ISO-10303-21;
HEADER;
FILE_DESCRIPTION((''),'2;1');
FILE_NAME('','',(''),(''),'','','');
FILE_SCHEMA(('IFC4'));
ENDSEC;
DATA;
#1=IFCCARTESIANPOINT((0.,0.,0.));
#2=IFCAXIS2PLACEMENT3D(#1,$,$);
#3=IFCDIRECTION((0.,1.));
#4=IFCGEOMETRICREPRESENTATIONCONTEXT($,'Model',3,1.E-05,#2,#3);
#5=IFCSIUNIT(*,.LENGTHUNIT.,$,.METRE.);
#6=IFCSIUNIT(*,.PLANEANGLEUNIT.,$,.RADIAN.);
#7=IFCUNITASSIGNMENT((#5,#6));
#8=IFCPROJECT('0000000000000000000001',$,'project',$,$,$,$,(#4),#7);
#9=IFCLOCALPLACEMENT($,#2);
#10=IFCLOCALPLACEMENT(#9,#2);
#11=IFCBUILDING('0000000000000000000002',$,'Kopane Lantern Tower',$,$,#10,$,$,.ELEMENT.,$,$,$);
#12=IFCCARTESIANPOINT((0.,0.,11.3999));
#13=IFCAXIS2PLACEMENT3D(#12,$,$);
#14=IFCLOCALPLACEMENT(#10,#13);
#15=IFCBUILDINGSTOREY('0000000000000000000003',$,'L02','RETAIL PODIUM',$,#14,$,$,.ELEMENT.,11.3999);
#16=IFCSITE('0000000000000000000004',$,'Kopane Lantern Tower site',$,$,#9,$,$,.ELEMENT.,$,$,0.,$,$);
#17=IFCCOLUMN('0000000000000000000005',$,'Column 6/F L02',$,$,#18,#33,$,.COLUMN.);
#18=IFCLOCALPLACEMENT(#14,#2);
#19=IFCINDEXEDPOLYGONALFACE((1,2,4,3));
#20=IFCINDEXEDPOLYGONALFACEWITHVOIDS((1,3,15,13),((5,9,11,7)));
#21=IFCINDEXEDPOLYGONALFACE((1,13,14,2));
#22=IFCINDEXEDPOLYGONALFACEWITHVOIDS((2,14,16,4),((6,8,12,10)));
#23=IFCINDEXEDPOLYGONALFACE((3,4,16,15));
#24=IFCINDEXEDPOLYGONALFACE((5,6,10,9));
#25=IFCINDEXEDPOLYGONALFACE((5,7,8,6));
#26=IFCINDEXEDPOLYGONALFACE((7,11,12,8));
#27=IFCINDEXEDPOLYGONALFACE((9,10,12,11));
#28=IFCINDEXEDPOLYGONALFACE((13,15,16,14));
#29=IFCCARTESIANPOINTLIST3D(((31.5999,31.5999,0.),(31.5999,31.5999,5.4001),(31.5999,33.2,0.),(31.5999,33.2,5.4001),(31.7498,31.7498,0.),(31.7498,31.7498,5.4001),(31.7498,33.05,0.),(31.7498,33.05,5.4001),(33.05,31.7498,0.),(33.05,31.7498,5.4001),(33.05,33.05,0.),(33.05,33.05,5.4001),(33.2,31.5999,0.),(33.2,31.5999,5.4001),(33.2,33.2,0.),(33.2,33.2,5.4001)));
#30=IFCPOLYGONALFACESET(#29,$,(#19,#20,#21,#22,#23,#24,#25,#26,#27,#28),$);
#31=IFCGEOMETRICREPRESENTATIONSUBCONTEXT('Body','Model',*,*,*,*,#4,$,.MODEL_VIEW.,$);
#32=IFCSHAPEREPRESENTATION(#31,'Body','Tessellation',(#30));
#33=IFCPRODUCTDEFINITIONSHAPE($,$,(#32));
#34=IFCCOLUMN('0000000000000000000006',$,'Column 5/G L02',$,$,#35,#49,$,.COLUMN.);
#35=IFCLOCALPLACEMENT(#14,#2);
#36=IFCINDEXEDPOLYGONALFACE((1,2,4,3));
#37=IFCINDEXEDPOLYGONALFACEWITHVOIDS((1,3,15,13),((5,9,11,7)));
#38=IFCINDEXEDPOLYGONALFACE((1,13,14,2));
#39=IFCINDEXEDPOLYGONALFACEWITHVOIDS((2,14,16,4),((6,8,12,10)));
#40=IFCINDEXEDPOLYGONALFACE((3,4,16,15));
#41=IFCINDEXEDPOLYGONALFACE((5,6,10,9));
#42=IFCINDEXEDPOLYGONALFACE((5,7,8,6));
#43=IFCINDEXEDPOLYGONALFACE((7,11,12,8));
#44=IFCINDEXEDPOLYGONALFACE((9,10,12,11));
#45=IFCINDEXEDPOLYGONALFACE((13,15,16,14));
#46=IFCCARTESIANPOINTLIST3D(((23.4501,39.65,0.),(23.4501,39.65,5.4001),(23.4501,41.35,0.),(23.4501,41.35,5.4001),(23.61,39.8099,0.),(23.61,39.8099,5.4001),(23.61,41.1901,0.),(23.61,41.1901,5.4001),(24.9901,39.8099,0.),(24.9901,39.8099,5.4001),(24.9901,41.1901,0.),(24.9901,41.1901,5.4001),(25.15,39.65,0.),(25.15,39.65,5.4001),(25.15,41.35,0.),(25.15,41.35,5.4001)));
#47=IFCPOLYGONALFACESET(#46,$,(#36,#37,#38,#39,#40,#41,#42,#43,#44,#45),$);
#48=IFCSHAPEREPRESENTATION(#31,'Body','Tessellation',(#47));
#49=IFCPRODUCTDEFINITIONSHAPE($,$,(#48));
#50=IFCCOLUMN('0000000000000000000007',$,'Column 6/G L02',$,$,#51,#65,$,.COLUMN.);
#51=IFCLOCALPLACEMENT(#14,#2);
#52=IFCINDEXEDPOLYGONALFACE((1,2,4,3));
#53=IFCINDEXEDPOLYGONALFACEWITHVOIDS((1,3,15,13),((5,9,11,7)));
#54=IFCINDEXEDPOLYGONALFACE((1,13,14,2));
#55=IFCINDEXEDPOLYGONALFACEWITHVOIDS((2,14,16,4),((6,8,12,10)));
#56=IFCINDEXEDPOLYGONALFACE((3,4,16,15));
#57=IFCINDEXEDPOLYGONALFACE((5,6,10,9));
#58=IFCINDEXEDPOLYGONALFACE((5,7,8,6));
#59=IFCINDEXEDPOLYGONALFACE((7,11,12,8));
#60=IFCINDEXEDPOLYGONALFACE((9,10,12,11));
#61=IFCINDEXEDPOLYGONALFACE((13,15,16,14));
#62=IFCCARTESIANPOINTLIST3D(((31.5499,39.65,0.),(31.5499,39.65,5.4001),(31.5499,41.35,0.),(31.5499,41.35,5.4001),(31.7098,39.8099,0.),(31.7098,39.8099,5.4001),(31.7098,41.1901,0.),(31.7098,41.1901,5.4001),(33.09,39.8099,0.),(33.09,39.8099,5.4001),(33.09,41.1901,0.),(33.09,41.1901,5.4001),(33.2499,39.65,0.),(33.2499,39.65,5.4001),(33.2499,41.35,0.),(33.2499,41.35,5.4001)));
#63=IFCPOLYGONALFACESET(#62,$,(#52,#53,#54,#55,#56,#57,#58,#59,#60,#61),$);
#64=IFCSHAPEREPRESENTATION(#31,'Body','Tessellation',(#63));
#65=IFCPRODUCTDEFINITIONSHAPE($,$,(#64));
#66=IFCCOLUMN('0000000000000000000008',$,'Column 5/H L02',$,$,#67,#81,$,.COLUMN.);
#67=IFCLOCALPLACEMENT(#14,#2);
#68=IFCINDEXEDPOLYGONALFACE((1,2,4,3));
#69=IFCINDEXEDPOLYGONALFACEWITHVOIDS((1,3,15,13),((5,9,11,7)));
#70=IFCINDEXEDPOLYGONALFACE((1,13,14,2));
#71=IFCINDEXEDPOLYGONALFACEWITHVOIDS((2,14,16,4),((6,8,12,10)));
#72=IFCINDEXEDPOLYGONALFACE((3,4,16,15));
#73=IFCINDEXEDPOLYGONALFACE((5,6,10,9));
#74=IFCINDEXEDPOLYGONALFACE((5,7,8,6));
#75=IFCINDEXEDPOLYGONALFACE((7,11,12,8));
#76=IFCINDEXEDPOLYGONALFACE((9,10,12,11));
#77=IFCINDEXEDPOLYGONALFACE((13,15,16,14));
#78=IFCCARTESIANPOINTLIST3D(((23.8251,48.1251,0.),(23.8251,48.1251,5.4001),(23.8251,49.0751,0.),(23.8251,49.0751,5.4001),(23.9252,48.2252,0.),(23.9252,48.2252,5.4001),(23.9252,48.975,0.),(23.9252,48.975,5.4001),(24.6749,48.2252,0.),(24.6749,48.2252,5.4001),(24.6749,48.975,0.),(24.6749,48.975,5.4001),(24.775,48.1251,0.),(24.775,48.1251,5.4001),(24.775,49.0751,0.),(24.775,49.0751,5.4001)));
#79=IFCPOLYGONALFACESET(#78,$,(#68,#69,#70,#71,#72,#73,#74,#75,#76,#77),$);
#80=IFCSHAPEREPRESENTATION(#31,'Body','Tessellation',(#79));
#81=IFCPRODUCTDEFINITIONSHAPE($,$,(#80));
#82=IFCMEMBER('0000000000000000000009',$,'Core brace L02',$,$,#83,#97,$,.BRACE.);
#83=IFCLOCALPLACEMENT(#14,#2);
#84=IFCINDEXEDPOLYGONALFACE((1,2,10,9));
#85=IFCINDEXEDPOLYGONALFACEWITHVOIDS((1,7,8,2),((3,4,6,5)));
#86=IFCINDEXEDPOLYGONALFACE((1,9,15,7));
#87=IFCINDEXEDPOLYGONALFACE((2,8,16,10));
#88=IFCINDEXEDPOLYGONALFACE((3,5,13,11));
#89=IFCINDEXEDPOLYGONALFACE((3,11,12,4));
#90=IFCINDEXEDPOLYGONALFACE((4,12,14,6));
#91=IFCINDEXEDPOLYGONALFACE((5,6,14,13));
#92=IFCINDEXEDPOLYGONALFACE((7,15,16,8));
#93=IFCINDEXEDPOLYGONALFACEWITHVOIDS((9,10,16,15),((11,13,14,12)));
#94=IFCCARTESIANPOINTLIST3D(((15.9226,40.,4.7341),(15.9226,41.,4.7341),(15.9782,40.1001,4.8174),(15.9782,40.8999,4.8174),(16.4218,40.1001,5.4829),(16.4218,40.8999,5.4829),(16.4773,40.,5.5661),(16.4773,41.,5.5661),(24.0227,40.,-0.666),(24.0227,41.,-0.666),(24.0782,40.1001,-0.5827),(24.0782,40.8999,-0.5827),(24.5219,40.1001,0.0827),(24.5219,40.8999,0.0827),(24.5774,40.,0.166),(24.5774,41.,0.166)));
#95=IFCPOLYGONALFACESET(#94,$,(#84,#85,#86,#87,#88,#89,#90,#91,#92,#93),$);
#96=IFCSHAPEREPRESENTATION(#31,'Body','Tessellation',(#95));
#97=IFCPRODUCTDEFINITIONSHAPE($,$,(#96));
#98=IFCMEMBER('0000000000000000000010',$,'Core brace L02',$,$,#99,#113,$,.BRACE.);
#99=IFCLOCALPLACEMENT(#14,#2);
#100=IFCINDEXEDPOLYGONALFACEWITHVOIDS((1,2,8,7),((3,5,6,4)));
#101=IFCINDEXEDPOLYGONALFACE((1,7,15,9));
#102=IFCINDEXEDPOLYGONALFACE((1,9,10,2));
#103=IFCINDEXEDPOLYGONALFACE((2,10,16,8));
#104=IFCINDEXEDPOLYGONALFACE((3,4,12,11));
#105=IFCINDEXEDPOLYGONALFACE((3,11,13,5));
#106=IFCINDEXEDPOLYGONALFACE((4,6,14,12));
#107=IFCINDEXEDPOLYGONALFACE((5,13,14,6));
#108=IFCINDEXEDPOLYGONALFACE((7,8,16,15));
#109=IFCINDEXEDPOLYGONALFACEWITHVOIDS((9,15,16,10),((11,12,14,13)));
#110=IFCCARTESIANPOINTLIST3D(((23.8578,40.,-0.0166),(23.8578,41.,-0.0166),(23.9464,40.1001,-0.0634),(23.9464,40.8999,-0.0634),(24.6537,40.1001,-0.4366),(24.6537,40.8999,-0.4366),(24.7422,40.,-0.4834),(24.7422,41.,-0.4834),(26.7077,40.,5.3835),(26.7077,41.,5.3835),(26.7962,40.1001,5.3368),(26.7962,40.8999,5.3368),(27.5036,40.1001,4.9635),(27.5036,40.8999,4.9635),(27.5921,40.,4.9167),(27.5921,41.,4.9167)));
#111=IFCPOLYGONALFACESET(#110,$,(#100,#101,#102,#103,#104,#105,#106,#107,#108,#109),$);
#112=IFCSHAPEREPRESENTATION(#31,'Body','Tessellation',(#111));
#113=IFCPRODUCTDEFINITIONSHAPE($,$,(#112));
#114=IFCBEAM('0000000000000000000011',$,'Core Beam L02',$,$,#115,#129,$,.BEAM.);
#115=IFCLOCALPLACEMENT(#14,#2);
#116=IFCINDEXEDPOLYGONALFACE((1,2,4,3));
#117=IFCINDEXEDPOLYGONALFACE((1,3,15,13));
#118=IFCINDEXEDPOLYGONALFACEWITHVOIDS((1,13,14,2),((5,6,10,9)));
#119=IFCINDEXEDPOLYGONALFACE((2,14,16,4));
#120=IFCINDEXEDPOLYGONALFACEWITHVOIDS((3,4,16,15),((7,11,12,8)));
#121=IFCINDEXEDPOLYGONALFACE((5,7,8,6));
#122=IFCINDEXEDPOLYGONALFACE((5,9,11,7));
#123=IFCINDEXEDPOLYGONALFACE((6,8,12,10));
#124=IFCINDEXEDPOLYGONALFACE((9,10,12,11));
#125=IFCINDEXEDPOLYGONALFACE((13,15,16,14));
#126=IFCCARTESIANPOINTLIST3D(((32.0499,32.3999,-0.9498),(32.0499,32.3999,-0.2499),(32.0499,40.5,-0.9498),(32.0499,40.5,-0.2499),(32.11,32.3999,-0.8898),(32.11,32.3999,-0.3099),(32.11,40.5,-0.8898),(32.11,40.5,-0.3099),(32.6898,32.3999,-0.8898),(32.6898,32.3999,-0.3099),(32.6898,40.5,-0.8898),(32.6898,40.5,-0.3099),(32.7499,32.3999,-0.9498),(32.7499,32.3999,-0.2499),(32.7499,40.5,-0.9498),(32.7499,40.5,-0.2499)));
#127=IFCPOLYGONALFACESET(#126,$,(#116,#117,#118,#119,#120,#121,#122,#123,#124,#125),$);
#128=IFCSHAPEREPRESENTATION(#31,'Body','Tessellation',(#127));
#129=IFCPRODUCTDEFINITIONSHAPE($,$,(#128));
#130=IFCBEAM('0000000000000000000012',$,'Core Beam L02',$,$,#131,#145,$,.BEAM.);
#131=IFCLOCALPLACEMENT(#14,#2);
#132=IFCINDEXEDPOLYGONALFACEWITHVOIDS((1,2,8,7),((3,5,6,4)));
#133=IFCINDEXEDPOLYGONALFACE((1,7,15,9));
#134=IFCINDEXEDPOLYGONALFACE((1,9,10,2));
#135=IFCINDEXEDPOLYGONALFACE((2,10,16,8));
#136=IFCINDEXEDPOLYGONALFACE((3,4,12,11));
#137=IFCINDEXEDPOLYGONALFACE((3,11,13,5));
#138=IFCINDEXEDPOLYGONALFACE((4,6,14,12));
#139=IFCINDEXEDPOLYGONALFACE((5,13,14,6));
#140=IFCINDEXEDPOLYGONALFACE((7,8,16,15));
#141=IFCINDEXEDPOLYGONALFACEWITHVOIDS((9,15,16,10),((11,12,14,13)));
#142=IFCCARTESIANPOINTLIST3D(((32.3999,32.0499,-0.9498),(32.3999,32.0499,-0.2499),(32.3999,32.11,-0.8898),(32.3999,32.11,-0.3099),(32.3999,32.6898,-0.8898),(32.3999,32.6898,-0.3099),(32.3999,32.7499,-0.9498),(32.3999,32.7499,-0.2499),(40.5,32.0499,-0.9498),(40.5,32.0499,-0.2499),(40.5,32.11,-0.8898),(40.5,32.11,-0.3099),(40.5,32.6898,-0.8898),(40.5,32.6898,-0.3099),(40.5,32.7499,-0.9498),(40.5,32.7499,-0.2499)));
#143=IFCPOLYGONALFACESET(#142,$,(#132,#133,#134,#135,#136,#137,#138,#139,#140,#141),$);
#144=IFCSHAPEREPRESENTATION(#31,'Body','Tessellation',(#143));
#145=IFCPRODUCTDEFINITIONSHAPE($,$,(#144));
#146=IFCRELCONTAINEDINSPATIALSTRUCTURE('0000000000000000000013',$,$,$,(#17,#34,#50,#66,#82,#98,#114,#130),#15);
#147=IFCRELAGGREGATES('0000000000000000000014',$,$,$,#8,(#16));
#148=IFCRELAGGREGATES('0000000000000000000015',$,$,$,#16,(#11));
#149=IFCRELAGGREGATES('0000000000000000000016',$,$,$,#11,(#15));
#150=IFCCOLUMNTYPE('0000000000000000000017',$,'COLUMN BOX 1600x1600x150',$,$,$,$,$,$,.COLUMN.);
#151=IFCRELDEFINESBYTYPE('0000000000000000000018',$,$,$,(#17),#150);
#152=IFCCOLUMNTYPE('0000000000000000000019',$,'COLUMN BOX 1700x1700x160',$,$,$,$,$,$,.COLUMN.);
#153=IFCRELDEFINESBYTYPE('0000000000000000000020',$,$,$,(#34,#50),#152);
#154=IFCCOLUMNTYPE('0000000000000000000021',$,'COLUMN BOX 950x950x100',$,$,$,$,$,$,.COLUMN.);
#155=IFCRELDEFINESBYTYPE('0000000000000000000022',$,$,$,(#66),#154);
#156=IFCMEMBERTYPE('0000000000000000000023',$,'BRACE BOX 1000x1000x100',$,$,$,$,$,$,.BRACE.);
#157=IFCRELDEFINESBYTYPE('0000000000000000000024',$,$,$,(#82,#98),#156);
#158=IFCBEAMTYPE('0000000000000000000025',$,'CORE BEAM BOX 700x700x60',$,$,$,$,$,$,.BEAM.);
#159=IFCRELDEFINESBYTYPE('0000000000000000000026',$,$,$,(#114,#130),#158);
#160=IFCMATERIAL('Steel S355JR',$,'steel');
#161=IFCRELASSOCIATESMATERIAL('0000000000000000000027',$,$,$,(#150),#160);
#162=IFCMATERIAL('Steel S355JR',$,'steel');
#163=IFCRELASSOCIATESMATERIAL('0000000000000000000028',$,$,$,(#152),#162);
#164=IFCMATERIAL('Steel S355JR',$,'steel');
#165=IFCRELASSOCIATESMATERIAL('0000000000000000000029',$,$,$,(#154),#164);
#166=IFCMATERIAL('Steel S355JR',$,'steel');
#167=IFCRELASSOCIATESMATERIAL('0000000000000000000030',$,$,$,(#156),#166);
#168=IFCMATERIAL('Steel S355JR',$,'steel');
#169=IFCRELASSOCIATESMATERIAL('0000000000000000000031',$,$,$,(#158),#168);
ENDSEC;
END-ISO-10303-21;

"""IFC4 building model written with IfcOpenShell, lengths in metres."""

from ifc_helpers import new_model, si_unit, direction, frame, origin, origin_2d, place, context, subcontext, project, spatial, hollow_rectangle, extrude, material, material_profile, profile_set, type_object, element, save


model = new_model("IFC4")

# Units and contexts
model_context = context("Model", 3, precision=1e-05, world=origin(), true_north=direction((0.0, 1.0)))
body_context = subcontext(model_context, "Body", "Model", "MODEL_VIEW")
ifc_project = project(units=[si_unit("LENGTHUNIT", "METRE"), si_unit("PLANEANGLEUNIT", "RADIAN")], contexts=[model_context])

# Site, building, storey
site_placement = place(None, origin())
site = spatial("IfcSite", under=ifc_project, at=site_placement, Name="Kopane Lantern Tower site", CompositionType="ELEMENT", RefElevation=0.0)
building_placement = place(site_placement, origin())
building = spatial("IfcBuilding", under=site, at=building_placement, Name="Kopane Lantern Tower", CompositionType="ELEMENT")
storey_placement = place(building_placement, frame((0.0, 0.0, 11.3999)))
storey = spatial("IfcBuildingStorey", under=building, at=storey_placement, Name="L02", Description="RETAIL PODIUM", CompositionType="ELEMENT", Elevation=11.3999)

# Columns
ifc_material_1 = material(Name="Steel S355JR", Category="steel")
ifc_material_profile_1 = material_profile(ifc_material_1, hollow_rectangle(XDim=1.6001, YDim=1.6001, WallThickness=0.1499, at=origin_2d()), Name="BOX 1600x1600x150")
ifc_profile_set_1 = profile_set([ifc_material_profile_1], Name="Steel S355JR")
column_type_1 = type_object("IfcColumnType", Name="COLUMN BOX 1600x1600x150", PredefinedType="COLUMN", material=ifc_profile_set_1)
column_1_placement = place(storey_placement, frame((32.3999, 32.3999, 0.0), z_axis=(0.0, 0.0, 1.0), x_axis=(1.0, 0.0, 0.0)))
element("IfcColumn", 1, at=column_1_placement, inside=storey, type_object=column_type_1, Name="Column 6/F L02", PredefinedType="COLUMN", context=body_context, shape_type="SweptSolid", body=[
    extrude(hollow_rectangle(XDim=1.6001, YDim=1.6001, WallThickness=0.1499, at=origin_2d()), origin(), (0.0, 0.0, 1.0), 5.4001),
])
ifc_material_2 = material(Name="Steel S355JR", Category="steel")
ifc_material_profile_2 = material_profile(ifc_material_2, hollow_rectangle(XDim=1.7, YDim=1.7, WallThickness=0.1599, at=origin_2d()), Name="BOX 1700x1700x160")
ifc_profile_set_2 = profile_set([ifc_material_profile_2], Name="Steel S355JR")
column_type_2 = type_object("IfcColumnType", Name="COLUMN BOX 1700x1700x160", PredefinedType="COLUMN", material=ifc_profile_set_2)
for number, where, z_axis, x_axis, name in (
    (2, (24.3, 40.5, 0.0), (0.0, 0.0, 1.0), (1.0, 0.0, 0.0), "Column 5/G L02"),
    (3, (32.3999, 40.5, 0.0), (0.0, 0.0, 1.0), (1.0, 0.0, 0.0), "Column 6/G L02"),
):
    element("IfcColumn", number, at=place(storey_placement, frame(where, z_axis=z_axis, x_axis=x_axis)), inside=storey, type_object=column_type_2, Name=name, PredefinedType="COLUMN", context=body_context, shape_type="SweptSolid", body=[
        extrude(hollow_rectangle(XDim=1.7, YDim=1.7, WallThickness=0.1599, at=origin_2d()), origin(), (0.0, 0.0, 1.0), 5.4001),
    ])
ifc_material_3 = material(Name="Steel S355JR", Category="steel")
ifc_material_profile_3 = material_profile(ifc_material_3, hollow_rectangle(XDim=0.95, YDim=0.95, WallThickness=0.1001, at=origin_2d()), Name="BOX 950x950x100")
ifc_profile_set_3 = profile_set([ifc_material_profile_3], Name="Steel S355JR")
column_type_3 = type_object("IfcColumnType", Name="COLUMN BOX 950x950x100", PredefinedType="COLUMN", material=ifc_profile_set_3)
column_2_placement = place(storey_placement, frame((24.3, 48.6001, 0.0), z_axis=(0.0, 0.0, 1.0), x_axis=(1.0, 0.0, 0.0)))
element("IfcColumn", 4, at=column_2_placement, inside=storey, type_object=column_type_3, Name="Column 5/H L02", PredefinedType="COLUMN", context=body_context, shape_type="SweptSolid", body=[
    extrude(hollow_rectangle(XDim=0.95, YDim=0.95, WallThickness=0.1001, at=origin_2d()), origin(), (0.0, 0.0, 1.0), 5.4001),
])

# Members
ifc_material_4 = material(Name="Steel S355JR", Category="steel")
ifc_material_profile_4 = material_profile(ifc_material_4, hollow_rectangle(XDim=1.0, YDim=1.0, WallThickness=0.1001, at=origin_2d()), Name="BOX 1000x1000x100")
ifc_profile_set_4 = profile_set([ifc_material_profile_4], Name="Steel S355JR")
member_type = type_object("IfcMemberType", Name="BRACE BOX 1000x1000x100", PredefinedType="BRACE", material=ifc_profile_set_4)
member_1_placement = place(storey_placement, frame((24.3, 40.5, -0.25), z_axis=(-0.832046, 0.0, 0.554706), x_axis=(0.0, -1.0, 0.0)))
element("IfcMember", 5, at=member_1_placement, inside=storey, type_object=member_type, Name="Core brace L02", PredefinedType="BRACE", context=body_context, shape_type="SweptSolid", body=[
    extrude(hollow_rectangle(XDim=1.0, YDim=1.0, WallThickness=0.1001, at=origin_2d()), origin(), (0.0, 0.0, 1.0), 9.7351),
])
member_2_placement = place(storey_placement, frame((24.3, 40.5, -0.25), z_axis=(0.46673, 0.0, 0.8844), x_axis=(0.0, 1.0, 0.0)))
element("IfcMember", 6, at=member_2_placement, inside=storey, type_object=member_type, Name="Core brace L02", PredefinedType="BRACE", context=body_context, shape_type="SweptSolid", body=[
    extrude(hollow_rectangle(XDim=1.0, YDim=1.0, WallThickness=0.1001, at=origin_2d()), origin(), (0.0, 0.0, 1.0), 6.106),
])

# Beams
ifc_material_5 = material(Name="Steel S355JR", Category="steel")
ifc_material_profile_5 = material_profile(ifc_material_5, hollow_rectangle(XDim=0.7, YDim=0.7, WallThickness=0.0601, at=origin_2d()), Name="BOX 700x700x60")
ifc_profile_set_5 = profile_set([ifc_material_profile_5], Name="Steel S355JR")
beam_type_1 = type_object("IfcBeamType", Name="CORE BEAM BOX 700x700x60", PredefinedType="BEAM", material=ifc_profile_set_5)
for number, where, z_axis, x_axis, name in (
    (7, (32.3999, 32.3999, -0.5999), (0.0, 1.0, 0.0), (-1.0, 0.0, 0.0), "Core Beam L02"),
    (8, (32.3999, 32.3999, -0.5999), (1.0, 0.0, 0.0), (0.0, 1.0, 0.0), "Core Beam L02"),
):
    element("IfcBeam", number, at=place(storey_placement, frame(where, z_axis=z_axis, x_axis=x_axis)), inside=storey, type_object=beam_type_1, Name=name, PredefinedType="BEAM", context=body_context, shape_type="SweptSolid", body=[
        extrude(hollow_rectangle(XDim=0.7, YDim=0.7, WallThickness=0.0601, at=origin_2d()), origin(), (0.0, 0.0, 1.0), 8.1001),
    ])

save(model, "model.ifc")
